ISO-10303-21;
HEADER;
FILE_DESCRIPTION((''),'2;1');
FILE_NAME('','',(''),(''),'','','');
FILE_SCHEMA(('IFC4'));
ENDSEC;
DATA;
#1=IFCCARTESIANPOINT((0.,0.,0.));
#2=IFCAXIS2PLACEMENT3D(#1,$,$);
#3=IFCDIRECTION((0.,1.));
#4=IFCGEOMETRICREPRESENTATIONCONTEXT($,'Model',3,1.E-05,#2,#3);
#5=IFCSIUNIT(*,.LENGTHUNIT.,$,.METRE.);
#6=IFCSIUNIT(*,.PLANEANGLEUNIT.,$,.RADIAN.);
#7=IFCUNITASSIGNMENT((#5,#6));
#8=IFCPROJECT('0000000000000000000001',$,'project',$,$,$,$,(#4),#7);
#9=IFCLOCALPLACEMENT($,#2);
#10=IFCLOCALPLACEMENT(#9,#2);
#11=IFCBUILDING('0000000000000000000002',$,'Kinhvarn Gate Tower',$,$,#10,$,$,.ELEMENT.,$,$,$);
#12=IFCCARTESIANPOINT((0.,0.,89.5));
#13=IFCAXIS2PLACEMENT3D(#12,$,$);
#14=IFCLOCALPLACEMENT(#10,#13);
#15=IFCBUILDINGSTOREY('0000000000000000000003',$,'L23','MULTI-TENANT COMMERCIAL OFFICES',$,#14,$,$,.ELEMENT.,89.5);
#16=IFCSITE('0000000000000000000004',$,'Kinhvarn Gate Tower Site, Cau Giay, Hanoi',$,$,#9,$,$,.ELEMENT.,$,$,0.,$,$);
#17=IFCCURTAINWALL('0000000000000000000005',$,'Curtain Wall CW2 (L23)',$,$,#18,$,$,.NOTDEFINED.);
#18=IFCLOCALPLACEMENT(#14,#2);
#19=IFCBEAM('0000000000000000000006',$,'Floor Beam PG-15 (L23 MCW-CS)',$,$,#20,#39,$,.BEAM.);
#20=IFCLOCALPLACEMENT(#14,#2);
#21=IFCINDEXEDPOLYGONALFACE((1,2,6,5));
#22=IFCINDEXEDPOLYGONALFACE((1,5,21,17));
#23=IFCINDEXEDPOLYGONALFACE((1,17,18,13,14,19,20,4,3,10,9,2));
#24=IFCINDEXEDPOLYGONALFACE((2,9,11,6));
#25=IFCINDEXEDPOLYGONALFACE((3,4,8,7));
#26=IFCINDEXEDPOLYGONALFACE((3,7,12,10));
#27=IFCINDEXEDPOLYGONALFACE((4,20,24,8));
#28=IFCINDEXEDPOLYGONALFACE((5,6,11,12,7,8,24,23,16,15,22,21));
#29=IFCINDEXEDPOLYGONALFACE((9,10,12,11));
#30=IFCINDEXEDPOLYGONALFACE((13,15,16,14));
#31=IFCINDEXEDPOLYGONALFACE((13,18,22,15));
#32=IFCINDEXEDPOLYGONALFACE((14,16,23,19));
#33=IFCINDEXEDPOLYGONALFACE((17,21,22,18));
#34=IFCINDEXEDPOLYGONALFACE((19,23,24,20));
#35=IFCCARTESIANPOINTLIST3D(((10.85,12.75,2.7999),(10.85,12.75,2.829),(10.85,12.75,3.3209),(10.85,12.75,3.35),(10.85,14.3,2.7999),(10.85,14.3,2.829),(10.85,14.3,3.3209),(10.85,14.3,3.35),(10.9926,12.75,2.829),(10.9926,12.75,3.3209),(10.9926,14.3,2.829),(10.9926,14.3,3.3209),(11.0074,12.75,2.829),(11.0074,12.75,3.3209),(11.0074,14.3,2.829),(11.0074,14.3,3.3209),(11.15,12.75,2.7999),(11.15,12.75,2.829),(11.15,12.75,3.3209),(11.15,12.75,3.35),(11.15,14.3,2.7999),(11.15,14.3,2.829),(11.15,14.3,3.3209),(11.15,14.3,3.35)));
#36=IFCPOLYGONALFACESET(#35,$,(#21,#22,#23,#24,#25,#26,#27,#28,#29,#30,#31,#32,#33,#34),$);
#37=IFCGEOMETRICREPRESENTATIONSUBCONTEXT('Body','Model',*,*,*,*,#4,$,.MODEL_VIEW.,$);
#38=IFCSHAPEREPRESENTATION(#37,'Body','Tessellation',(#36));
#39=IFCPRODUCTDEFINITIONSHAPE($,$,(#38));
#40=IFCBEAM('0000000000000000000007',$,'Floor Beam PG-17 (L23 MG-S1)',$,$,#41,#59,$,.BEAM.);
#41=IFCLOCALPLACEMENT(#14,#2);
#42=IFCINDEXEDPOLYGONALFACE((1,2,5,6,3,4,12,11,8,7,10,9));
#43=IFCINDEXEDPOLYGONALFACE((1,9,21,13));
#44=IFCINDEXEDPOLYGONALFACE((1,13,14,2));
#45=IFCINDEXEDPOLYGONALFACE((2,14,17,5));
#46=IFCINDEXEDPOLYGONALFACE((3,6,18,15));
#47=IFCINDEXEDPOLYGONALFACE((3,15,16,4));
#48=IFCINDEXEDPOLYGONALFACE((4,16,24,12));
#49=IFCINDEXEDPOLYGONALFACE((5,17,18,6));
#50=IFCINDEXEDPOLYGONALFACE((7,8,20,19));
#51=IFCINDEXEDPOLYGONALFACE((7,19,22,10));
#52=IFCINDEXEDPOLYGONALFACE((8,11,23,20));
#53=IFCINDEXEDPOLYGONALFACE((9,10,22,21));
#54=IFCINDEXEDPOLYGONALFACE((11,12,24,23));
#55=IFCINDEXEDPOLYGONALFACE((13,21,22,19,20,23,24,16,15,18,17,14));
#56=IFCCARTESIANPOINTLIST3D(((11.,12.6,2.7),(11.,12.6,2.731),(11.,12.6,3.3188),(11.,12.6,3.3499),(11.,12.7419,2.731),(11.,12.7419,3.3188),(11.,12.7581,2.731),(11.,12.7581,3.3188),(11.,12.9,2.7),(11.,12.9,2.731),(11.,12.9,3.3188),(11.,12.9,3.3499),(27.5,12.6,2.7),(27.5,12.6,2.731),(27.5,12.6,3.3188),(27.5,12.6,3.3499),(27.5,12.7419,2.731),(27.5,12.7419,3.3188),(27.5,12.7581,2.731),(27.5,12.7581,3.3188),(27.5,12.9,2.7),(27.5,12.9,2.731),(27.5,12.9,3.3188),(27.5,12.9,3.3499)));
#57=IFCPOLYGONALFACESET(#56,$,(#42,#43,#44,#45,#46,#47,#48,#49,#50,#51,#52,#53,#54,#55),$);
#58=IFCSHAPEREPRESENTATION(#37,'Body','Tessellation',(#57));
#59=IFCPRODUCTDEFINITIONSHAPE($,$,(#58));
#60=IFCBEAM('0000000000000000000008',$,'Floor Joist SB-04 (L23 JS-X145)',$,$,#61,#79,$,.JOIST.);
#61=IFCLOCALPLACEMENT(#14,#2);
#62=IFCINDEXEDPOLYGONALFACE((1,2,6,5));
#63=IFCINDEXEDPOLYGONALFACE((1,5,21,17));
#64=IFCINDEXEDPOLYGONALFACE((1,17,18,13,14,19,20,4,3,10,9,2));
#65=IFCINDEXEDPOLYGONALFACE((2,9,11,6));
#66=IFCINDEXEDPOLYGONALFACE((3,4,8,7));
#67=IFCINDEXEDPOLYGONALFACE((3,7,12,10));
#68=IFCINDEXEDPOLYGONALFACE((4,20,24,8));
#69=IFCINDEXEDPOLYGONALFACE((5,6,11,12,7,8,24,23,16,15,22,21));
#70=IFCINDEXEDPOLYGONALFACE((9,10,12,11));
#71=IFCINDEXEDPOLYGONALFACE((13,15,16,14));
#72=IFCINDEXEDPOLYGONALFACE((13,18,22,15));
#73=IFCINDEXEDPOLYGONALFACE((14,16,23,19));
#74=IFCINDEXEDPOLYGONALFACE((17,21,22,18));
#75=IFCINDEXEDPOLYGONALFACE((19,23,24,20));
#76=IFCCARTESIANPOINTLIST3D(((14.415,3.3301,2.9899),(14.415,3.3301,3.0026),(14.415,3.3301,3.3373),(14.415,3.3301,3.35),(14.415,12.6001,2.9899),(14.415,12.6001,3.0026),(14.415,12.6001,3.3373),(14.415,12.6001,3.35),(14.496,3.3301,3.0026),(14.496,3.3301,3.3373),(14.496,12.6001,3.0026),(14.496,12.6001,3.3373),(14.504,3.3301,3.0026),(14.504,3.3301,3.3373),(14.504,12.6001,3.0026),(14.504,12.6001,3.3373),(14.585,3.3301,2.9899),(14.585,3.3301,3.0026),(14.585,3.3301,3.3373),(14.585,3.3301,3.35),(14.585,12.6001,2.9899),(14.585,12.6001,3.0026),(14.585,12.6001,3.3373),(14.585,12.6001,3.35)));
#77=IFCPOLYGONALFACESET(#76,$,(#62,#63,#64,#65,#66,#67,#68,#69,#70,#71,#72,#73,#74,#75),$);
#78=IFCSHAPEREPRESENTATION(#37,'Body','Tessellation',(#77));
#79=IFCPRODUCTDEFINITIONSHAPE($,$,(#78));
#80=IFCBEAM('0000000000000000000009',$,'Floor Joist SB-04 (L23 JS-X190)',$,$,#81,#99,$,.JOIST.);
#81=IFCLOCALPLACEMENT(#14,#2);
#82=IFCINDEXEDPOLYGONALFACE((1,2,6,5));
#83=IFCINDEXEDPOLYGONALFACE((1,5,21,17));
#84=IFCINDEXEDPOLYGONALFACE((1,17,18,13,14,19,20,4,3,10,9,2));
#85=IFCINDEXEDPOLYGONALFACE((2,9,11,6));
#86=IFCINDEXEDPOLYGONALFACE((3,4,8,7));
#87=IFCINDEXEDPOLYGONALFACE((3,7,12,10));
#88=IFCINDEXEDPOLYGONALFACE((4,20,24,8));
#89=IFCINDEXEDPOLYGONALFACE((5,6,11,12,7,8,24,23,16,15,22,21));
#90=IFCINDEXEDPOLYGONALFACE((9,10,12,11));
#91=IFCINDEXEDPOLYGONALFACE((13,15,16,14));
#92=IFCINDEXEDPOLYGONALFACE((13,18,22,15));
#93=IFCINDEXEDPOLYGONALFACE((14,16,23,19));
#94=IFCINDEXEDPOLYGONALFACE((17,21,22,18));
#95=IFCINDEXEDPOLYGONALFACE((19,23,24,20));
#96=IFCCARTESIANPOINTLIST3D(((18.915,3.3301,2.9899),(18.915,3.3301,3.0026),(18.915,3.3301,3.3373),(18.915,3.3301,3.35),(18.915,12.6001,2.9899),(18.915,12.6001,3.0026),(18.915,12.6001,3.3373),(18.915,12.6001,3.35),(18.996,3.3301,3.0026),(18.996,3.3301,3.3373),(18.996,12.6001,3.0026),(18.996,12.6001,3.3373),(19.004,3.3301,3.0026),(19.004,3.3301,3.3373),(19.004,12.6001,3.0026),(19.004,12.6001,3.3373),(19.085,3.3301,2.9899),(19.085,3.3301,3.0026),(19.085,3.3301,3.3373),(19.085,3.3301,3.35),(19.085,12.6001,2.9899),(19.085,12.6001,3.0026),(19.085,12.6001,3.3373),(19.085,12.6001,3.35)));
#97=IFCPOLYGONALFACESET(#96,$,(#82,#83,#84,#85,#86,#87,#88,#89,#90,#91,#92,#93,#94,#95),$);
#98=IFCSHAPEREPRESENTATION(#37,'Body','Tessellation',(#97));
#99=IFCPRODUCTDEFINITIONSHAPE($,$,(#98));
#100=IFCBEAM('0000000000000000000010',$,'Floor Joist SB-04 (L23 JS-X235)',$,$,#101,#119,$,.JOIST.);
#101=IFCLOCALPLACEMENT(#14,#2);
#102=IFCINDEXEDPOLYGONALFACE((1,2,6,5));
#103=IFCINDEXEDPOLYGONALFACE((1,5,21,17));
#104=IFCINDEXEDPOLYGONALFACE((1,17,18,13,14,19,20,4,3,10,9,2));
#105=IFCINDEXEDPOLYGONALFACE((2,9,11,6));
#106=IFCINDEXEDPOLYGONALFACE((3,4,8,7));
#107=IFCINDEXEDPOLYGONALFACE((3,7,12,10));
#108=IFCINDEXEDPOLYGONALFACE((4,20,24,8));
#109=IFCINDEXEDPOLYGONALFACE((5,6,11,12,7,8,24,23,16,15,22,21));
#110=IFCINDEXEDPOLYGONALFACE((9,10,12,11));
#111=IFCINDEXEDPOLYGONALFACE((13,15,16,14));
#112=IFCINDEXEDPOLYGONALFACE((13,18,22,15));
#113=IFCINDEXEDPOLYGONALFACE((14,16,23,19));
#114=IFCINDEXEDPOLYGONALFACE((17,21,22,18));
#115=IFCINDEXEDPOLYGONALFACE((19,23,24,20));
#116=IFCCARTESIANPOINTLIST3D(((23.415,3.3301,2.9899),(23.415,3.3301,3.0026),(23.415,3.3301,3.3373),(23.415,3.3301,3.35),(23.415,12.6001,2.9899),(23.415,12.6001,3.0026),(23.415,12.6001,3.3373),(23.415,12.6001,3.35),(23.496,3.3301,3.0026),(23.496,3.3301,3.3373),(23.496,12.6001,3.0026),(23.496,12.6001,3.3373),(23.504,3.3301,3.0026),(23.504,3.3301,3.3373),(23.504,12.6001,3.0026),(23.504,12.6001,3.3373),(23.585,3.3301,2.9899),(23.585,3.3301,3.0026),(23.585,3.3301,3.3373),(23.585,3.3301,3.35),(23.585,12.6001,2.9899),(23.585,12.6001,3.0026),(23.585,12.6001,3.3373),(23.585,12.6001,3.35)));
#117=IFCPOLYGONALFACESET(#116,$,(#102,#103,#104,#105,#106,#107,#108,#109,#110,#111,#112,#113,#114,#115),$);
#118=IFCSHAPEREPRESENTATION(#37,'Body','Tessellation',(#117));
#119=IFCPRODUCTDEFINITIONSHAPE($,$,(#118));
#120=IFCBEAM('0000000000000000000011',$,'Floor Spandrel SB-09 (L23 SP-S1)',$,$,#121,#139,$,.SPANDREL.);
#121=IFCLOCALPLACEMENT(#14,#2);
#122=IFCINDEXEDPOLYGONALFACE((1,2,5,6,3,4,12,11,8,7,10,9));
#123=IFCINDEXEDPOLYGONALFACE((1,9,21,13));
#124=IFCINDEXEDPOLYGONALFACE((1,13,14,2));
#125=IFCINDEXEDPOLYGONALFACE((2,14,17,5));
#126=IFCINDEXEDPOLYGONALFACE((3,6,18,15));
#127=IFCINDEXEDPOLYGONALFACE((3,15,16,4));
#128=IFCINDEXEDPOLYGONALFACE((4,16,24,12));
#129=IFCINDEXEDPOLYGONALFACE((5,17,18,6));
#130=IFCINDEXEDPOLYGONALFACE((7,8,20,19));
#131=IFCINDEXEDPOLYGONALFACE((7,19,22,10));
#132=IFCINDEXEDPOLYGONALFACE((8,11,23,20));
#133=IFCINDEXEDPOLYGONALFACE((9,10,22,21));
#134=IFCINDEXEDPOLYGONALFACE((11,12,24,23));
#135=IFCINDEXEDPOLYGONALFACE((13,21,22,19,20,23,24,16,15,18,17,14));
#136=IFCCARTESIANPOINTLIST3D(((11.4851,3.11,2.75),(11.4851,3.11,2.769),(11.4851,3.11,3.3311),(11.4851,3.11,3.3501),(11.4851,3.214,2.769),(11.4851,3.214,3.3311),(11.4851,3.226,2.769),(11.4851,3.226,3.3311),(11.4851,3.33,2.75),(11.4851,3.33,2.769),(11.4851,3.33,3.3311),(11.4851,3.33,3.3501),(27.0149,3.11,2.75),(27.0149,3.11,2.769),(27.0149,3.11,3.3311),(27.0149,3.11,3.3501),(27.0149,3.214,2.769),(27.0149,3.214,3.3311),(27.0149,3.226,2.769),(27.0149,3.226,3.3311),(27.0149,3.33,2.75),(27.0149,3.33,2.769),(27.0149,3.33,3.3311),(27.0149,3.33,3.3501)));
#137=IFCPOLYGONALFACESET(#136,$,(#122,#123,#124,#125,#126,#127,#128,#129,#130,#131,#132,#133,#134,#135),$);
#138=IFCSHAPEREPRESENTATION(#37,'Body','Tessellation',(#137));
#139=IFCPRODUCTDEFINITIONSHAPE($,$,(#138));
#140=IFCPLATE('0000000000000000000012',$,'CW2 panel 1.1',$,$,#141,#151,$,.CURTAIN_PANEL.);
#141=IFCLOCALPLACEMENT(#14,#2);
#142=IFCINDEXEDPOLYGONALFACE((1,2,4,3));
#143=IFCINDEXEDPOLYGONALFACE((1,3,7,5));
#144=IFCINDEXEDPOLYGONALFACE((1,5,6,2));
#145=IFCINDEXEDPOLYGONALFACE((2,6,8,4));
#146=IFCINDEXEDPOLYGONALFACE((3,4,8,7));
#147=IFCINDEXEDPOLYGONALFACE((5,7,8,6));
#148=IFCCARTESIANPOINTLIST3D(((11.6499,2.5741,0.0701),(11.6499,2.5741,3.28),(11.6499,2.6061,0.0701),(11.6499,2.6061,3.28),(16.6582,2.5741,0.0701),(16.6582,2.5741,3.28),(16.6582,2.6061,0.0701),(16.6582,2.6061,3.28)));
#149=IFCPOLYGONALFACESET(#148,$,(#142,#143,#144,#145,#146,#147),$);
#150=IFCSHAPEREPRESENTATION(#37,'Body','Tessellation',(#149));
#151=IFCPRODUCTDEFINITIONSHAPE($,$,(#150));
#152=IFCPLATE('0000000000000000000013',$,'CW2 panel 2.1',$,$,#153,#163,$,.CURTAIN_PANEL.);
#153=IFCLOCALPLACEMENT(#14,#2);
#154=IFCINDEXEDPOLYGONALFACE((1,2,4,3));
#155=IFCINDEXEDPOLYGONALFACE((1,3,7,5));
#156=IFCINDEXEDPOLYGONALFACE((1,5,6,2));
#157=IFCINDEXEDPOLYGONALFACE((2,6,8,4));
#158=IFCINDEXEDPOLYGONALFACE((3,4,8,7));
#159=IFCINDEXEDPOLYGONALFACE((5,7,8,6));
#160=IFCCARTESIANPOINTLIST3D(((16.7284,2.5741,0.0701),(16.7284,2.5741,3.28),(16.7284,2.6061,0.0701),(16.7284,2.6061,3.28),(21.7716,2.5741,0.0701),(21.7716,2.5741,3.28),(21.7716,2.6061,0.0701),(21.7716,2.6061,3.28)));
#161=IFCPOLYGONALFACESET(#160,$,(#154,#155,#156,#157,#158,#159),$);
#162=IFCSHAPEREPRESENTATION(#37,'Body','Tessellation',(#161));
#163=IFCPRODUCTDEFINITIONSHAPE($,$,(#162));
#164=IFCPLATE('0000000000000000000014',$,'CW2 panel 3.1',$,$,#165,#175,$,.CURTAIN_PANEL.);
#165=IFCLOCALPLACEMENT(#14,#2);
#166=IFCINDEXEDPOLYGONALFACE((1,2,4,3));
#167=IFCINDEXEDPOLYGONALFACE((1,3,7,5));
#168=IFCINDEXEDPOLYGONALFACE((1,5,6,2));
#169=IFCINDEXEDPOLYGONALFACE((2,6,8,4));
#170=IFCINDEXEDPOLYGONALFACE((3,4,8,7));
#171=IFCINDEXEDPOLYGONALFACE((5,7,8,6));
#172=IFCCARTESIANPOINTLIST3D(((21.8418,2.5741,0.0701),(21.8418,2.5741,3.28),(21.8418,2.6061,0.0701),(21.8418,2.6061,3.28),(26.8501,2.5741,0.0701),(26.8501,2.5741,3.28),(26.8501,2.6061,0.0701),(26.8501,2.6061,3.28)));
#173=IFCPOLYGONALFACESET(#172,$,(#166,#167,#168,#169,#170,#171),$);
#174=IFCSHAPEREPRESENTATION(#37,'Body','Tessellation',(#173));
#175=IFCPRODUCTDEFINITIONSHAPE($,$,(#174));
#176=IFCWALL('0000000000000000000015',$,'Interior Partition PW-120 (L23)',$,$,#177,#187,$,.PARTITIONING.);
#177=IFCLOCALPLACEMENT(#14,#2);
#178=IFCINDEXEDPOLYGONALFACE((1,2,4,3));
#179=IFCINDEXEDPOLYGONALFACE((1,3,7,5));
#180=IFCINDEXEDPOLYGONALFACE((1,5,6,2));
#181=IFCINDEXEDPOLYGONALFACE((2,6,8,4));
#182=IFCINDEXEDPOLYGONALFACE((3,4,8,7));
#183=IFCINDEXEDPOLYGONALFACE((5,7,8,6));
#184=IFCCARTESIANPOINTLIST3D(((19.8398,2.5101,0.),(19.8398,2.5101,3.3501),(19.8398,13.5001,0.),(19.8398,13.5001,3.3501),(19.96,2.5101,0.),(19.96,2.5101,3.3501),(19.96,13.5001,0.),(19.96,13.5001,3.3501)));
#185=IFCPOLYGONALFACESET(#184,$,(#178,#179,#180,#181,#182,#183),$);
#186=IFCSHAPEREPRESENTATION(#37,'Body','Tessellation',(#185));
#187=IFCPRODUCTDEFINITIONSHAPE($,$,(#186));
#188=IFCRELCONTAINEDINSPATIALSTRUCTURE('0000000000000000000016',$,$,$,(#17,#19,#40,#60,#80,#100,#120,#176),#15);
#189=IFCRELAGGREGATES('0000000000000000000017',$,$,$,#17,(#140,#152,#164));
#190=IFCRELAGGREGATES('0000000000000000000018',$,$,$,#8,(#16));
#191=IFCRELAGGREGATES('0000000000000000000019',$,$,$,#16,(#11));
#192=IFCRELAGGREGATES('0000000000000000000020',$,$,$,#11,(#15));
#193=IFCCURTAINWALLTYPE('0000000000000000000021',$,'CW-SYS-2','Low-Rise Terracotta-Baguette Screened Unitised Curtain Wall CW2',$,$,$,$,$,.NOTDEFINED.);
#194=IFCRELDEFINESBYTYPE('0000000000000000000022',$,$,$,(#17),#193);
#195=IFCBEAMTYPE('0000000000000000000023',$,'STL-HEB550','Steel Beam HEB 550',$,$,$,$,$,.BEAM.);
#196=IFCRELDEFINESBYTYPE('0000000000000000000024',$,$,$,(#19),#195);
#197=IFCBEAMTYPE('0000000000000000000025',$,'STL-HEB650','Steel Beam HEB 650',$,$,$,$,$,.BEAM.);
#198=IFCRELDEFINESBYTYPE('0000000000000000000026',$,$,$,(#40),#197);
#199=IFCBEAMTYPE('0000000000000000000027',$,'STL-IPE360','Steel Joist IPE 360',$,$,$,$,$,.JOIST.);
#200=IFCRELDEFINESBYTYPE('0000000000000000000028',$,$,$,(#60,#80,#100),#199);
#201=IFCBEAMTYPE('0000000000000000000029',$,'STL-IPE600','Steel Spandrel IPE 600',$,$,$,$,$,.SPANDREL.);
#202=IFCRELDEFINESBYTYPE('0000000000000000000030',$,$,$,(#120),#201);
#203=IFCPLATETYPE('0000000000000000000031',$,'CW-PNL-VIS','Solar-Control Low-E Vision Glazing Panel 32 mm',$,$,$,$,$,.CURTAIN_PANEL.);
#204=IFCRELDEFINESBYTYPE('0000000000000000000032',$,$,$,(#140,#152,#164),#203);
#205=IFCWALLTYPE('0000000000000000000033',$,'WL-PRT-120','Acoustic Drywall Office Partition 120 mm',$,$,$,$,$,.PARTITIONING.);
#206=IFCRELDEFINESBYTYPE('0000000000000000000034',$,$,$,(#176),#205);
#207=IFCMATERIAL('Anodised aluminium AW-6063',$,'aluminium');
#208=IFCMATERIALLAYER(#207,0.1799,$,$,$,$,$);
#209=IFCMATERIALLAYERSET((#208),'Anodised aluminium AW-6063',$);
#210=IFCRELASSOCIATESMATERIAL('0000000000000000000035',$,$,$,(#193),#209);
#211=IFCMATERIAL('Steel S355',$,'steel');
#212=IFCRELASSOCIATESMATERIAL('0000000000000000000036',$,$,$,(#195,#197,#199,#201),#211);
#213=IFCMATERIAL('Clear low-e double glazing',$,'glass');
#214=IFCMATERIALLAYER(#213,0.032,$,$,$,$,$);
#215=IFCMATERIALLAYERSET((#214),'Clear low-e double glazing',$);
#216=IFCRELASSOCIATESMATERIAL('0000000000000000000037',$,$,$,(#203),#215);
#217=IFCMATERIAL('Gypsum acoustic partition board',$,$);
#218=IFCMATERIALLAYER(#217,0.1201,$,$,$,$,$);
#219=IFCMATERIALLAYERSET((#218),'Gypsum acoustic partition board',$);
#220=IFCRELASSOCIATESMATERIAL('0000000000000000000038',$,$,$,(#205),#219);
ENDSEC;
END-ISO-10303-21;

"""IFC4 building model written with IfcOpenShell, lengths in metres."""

from ifc_helpers import new_model, si_unit, direction, frame, frame_2d, origin, origin_2d, place, context, subcontext, project, spatial, rectangle, i_section, extrude, material, layer, layer_set, material_profile, profile_set, type_object, element, aggregate, save


model = new_model("IFC4")

# Units and contexts
model_context = context("Model", 3, precision=1e-05, world=origin(), true_north=direction((0.0, 1.0)))
body_context = subcontext(model_context, "Body", "Model", "MODEL_VIEW")
ifc_project = project(units=[si_unit("LENGTHUNIT", "METRE"), si_unit("PLANEANGLEUNIT", "RADIAN")], contexts=[model_context])

# Site, building, storey
site_placement = place(None, origin())
site = spatial("IfcSite", under=ifc_project, at=site_placement, Name="Kinhvarn Gate Tower Site, Cau Giay, Hanoi", CompositionType="ELEMENT", RefElevation=0.0)
building_placement = place(site_placement, origin())
building = spatial("IfcBuilding", under=site, at=building_placement, Name="Kinhvarn Gate Tower", CompositionType="ELEMENT")
storey_placement = place(building_placement, frame((0.0, 0.0, 89.5)))
storey = spatial("IfcBuildingStorey", under=building, at=storey_placement, Name="L23", Description="MULTI-TENANT COMMERCIAL OFFICES", CompositionType="ELEMENT", Elevation=89.5)

# Shared definitions
ifc_material_1 = material(Name="Anodised aluminium AW-6063", Category="aluminium")
ifc_layer_1 = layer(ifc_material_1, 0.1799)
ifc_layer_set_1 = layer_set([ifc_layer_1], Name="Anodised aluminium AW-6063")
curtain_wall_type = type_object("IfcCurtainWallType", Name="CW-SYS-2", Description="Low-Rise Terracotta-Baguette Screened Unitised Curtain Wall CW2", PredefinedType="NOTDEFINED", material=ifc_layer_set_1)

# Curtain wall
curtain_wall_1_placement = place(storey_placement, origin())
curtain_wall_1 = element("IfcCurtainWall", 1, at=curtain_wall_1_placement, inside=storey, type_object=curtain_wall_type, Name="Curtain Wall CW2 (L23)", PredefinedType="NOTDEFINED")

# Beams
ifc_material_2 = material(Name="Steel S355", Category="steel")
ifc_material_profile_1 = material_profile(ifc_material_2, i_section(OverallWidth=0.3, OverallDepth=0.55, WebThickness=0.0149, FlangeThickness=0.0291, at=origin_2d()), Name="HEB 550")
ifc_profile_set_1 = profile_set([ifc_material_profile_1], Name="Steel S355")
beam_type_1 = type_object("IfcBeamType", Name="STL-HEB550", Description="Steel Beam HEB 550", PredefinedType="BEAM", material=ifc_profile_set_1)
beam_1_placement = place(storey_placement, frame((11.0, 12.75, 3.075), z_axis=(0.0, 1.0, 0.0), x_axis=(-1.0, 0.0, 0.0)))
element("IfcBeam", 2, at=beam_1_placement, inside=storey, type_object=beam_type_1, Name="Floor Beam PG-15 (L23 MCW-CS)", PredefinedType="BEAM", context=body_context, shape_type="SweptSolid", body=[
    extrude(i_section(OverallWidth=0.3, OverallDepth=0.55, WebThickness=0.0149, FlangeThickness=0.0291, at=origin_2d()), origin(), (0.0, 0.0, 1.0), 1.55),
])
ifc_material_profile_2 = material_profile(ifc_material_2, i_section(OverallWidth=0.3, OverallDepth=0.6499, WebThickness=0.0161, FlangeThickness=0.031, at=origin_2d()), Name="HEB 650")
ifc_profile_set_2 = profile_set([ifc_material_profile_2], Name="Steel S355")
beam_type_2 = type_object("IfcBeamType", Name="STL-HEB650", Description="Steel Beam HEB 650", PredefinedType="BEAM", material=ifc_profile_set_2)
beam_2_placement = place(storey_placement, frame((11.0, 12.75, 3.0249), z_axis=(1.0, 0.0, 0.0), x_axis=(0.0, 1.0, 0.0)))
element("IfcBeam", 3, at=beam_2_placement, inside=storey, type_object=beam_type_2, Name="Floor Beam PG-17 (L23 MG-S1)", PredefinedType="BEAM", context=body_context, shape_type="SweptSolid", body=[
    extrude(i_section(OverallWidth=0.3, OverallDepth=0.6499, WebThickness=0.0161, FlangeThickness=0.031, at=origin_2d()), origin(), (0.0, 0.0, 1.0), 16.5),
])
ifc_material_profile_3 = material_profile(ifc_material_2, i_section(OverallWidth=0.1699, OverallDepth=0.3601, WebThickness=0.0081, FlangeThickness=0.0127, at=origin_2d()), Name="IPE 360")
ifc_profile_set_3 = profile_set([ifc_material_profile_3], Name="Steel S355")
beam_type_3 = type_object("IfcBeamType", Name="STL-IPE360", Description="Steel Joist IPE 360", PredefinedType="JOIST", material=ifc_profile_set_3)
for number, where, z_axis, x_axis, name in (
    (4, (14.5, 3.3301, 3.1699), (0.0, 1.0, 0.0), (-1.0, 0.0, 0.0), "Floor Joist SB-04 (L23 JS-X145)"),
    (5, (19.0, 3.3301, 3.1699), (0.0, 1.0, 0.0), (-1.0, 0.0, 0.0), "Floor Joist SB-04 (L23 JS-X190)"),
    (6, (23.5, 3.3301, 3.1699), (0.0, 1.0, 0.0), (-1.0, 0.0, 0.0), "Floor Joist SB-04 (L23 JS-X235)"),
):
    element("IfcBeam", number, at=place(storey_placement, frame(where, z_axis=z_axis, x_axis=x_axis)), inside=storey, type_object=beam_type_3, Name=name, PredefinedType="JOIST", context=body_context, shape_type="SweptSolid", body=[
        extrude(i_section(OverallWidth=0.1699, OverallDepth=0.3601, WebThickness=0.0081, FlangeThickness=0.0127, at=origin_2d()), origin(), (0.0, 0.0, 1.0), 9.27),
    ])
ifc_material_profile_4 = material_profile(ifc_material_2, i_section(OverallWidth=0.22, OverallDepth=0.6001, WebThickness=0.012, FlangeThickness=0.019, at=origin_2d()), Name="IPE 600")
ifc_profile_set_4 = profile_set([ifc_material_profile_4], Name="Steel S355")
beam_type_4 = type_object("IfcBeamType", Name="STL-IPE600", Description="Steel Spandrel IPE 600", PredefinedType="SPANDREL", material=ifc_profile_set_4)
beam_3_placement = place(storey_placement, frame((11.4851, 3.22, 3.05), z_axis=(1.0, 0.0, 0.0), x_axis=(0.0, 1.0, 0.0)))
element("IfcBeam", 7, at=beam_3_placement, inside=storey, type_object=beam_type_4, Name="Floor Spandrel SB-09 (L23 SP-S1)", PredefinedType="SPANDREL", context=body_context, shape_type="SweptSolid", body=[
    extrude(i_section(OverallWidth=0.22, OverallDepth=0.6001, WebThickness=0.012, FlangeThickness=0.019, at=origin_2d()), origin(), (0.0, 0.0, 1.0), 15.5298),
])

# Plates
ifc_material_3 = material(Name="Clear low-e double glazing", Category="glass")
ifc_layer_2 = layer(ifc_material_3, 0.032)
ifc_layer_set_2 = layer_set([ifc_layer_2], Name="Clear low-e double glazing")
plate_type = type_object("IfcPlateType", Name="CW-PNL-VIS", Description="Solar-Control Low-E Vision Glazing Panel 32 mm", PredefinedType="CURTAIN_PANEL", material=ifc_layer_set_2)
plate_1_placement = place(storey_placement, frame((14.1541, 2.5901, 0.0701), z_axis=(0.0, 0.0, 1.0), x_axis=(1.0, 0.0, 0.0)))
plate_1 = element("IfcPlate", 8, at=plate_1_placement, type_object=plate_type, Name="CW2 panel 1.1", PredefinedType="CURTAIN_PANEL", context=body_context, shape_type="SweptSolid", body=[
    extrude(rectangle(XDim=5.0083, YDim=0.032, at=origin_2d()), origin(), (0.0, 0.0, 1.0), 3.21),
])
plate_2_placement = place(storey_placement, frame((19.25, 2.5901, 0.0701), z_axis=(0.0, 0.0, 1.0), x_axis=(1.0, 0.0, 0.0)))
plate_2 = element("IfcPlate", 9, at=plate_2_placement, type_object=plate_type, Name="CW2 panel 2.1", PredefinedType="CURTAIN_PANEL", context=body_context, shape_type="SweptSolid", body=[
    extrude(rectangle(XDim=5.0432, YDim=0.032, at=origin_2d()), origin(), (0.0, 0.0, 1.0), 3.21),
])
plate_3_placement = place(storey_placement, frame((24.3459, 2.5901, 0.0701), z_axis=(0.0, 0.0, 1.0), x_axis=(1.0, 0.0, 0.0)))
plate_3 = element("IfcPlate", 10, at=plate_3_placement, type_object=plate_type, Name="CW2 panel 3.1", PredefinedType="CURTAIN_PANEL", context=body_context, shape_type="SweptSolid", body=[
    extrude(rectangle(XDim=5.0083, YDim=0.032, at=origin_2d()), origin(), (0.0, 0.0, 1.0), 3.21),
])
aggregate(curtain_wall_1, [plate_1, plate_2, plate_3])

# Wall
ifc_material_4 = material(Name="Gypsum acoustic partition board")
ifc_layer_3 = layer(ifc_material_4, 0.1201)
ifc_layer_set_3 = layer_set([ifc_layer_3], Name="Gypsum acoustic partition board")
wall_type = type_object("IfcWallType", Name="WL-PRT-120", Description="Acoustic Drywall Office Partition 120 mm", PredefinedType="PARTITIONING", material=ifc_layer_set_3)
for number, where, z_axis, x_axis, name in (
    (11, (19.8999, 2.51, 0.0), (0.0, 0.0, 1.0), (0.0, 1.0, 0.0), "Interior Partition PW-120 (L23)"),
):
    element("IfcWall", number, at=place(storey_placement, frame(where, z_axis=z_axis, x_axis=x_axis)), inside=storey, type_object=wall_type, Name=name, PredefinedType="PARTITIONING", context=body_context, shape_type="SweptSolid", body=[
        extrude(rectangle(XDim=10.99, YDim=0.1201, at=frame_2d((5.4951, 0.0))), origin(), (0.0, 0.0, 1.0), 3.3501),
    ])

save(model, "model.ifc")
